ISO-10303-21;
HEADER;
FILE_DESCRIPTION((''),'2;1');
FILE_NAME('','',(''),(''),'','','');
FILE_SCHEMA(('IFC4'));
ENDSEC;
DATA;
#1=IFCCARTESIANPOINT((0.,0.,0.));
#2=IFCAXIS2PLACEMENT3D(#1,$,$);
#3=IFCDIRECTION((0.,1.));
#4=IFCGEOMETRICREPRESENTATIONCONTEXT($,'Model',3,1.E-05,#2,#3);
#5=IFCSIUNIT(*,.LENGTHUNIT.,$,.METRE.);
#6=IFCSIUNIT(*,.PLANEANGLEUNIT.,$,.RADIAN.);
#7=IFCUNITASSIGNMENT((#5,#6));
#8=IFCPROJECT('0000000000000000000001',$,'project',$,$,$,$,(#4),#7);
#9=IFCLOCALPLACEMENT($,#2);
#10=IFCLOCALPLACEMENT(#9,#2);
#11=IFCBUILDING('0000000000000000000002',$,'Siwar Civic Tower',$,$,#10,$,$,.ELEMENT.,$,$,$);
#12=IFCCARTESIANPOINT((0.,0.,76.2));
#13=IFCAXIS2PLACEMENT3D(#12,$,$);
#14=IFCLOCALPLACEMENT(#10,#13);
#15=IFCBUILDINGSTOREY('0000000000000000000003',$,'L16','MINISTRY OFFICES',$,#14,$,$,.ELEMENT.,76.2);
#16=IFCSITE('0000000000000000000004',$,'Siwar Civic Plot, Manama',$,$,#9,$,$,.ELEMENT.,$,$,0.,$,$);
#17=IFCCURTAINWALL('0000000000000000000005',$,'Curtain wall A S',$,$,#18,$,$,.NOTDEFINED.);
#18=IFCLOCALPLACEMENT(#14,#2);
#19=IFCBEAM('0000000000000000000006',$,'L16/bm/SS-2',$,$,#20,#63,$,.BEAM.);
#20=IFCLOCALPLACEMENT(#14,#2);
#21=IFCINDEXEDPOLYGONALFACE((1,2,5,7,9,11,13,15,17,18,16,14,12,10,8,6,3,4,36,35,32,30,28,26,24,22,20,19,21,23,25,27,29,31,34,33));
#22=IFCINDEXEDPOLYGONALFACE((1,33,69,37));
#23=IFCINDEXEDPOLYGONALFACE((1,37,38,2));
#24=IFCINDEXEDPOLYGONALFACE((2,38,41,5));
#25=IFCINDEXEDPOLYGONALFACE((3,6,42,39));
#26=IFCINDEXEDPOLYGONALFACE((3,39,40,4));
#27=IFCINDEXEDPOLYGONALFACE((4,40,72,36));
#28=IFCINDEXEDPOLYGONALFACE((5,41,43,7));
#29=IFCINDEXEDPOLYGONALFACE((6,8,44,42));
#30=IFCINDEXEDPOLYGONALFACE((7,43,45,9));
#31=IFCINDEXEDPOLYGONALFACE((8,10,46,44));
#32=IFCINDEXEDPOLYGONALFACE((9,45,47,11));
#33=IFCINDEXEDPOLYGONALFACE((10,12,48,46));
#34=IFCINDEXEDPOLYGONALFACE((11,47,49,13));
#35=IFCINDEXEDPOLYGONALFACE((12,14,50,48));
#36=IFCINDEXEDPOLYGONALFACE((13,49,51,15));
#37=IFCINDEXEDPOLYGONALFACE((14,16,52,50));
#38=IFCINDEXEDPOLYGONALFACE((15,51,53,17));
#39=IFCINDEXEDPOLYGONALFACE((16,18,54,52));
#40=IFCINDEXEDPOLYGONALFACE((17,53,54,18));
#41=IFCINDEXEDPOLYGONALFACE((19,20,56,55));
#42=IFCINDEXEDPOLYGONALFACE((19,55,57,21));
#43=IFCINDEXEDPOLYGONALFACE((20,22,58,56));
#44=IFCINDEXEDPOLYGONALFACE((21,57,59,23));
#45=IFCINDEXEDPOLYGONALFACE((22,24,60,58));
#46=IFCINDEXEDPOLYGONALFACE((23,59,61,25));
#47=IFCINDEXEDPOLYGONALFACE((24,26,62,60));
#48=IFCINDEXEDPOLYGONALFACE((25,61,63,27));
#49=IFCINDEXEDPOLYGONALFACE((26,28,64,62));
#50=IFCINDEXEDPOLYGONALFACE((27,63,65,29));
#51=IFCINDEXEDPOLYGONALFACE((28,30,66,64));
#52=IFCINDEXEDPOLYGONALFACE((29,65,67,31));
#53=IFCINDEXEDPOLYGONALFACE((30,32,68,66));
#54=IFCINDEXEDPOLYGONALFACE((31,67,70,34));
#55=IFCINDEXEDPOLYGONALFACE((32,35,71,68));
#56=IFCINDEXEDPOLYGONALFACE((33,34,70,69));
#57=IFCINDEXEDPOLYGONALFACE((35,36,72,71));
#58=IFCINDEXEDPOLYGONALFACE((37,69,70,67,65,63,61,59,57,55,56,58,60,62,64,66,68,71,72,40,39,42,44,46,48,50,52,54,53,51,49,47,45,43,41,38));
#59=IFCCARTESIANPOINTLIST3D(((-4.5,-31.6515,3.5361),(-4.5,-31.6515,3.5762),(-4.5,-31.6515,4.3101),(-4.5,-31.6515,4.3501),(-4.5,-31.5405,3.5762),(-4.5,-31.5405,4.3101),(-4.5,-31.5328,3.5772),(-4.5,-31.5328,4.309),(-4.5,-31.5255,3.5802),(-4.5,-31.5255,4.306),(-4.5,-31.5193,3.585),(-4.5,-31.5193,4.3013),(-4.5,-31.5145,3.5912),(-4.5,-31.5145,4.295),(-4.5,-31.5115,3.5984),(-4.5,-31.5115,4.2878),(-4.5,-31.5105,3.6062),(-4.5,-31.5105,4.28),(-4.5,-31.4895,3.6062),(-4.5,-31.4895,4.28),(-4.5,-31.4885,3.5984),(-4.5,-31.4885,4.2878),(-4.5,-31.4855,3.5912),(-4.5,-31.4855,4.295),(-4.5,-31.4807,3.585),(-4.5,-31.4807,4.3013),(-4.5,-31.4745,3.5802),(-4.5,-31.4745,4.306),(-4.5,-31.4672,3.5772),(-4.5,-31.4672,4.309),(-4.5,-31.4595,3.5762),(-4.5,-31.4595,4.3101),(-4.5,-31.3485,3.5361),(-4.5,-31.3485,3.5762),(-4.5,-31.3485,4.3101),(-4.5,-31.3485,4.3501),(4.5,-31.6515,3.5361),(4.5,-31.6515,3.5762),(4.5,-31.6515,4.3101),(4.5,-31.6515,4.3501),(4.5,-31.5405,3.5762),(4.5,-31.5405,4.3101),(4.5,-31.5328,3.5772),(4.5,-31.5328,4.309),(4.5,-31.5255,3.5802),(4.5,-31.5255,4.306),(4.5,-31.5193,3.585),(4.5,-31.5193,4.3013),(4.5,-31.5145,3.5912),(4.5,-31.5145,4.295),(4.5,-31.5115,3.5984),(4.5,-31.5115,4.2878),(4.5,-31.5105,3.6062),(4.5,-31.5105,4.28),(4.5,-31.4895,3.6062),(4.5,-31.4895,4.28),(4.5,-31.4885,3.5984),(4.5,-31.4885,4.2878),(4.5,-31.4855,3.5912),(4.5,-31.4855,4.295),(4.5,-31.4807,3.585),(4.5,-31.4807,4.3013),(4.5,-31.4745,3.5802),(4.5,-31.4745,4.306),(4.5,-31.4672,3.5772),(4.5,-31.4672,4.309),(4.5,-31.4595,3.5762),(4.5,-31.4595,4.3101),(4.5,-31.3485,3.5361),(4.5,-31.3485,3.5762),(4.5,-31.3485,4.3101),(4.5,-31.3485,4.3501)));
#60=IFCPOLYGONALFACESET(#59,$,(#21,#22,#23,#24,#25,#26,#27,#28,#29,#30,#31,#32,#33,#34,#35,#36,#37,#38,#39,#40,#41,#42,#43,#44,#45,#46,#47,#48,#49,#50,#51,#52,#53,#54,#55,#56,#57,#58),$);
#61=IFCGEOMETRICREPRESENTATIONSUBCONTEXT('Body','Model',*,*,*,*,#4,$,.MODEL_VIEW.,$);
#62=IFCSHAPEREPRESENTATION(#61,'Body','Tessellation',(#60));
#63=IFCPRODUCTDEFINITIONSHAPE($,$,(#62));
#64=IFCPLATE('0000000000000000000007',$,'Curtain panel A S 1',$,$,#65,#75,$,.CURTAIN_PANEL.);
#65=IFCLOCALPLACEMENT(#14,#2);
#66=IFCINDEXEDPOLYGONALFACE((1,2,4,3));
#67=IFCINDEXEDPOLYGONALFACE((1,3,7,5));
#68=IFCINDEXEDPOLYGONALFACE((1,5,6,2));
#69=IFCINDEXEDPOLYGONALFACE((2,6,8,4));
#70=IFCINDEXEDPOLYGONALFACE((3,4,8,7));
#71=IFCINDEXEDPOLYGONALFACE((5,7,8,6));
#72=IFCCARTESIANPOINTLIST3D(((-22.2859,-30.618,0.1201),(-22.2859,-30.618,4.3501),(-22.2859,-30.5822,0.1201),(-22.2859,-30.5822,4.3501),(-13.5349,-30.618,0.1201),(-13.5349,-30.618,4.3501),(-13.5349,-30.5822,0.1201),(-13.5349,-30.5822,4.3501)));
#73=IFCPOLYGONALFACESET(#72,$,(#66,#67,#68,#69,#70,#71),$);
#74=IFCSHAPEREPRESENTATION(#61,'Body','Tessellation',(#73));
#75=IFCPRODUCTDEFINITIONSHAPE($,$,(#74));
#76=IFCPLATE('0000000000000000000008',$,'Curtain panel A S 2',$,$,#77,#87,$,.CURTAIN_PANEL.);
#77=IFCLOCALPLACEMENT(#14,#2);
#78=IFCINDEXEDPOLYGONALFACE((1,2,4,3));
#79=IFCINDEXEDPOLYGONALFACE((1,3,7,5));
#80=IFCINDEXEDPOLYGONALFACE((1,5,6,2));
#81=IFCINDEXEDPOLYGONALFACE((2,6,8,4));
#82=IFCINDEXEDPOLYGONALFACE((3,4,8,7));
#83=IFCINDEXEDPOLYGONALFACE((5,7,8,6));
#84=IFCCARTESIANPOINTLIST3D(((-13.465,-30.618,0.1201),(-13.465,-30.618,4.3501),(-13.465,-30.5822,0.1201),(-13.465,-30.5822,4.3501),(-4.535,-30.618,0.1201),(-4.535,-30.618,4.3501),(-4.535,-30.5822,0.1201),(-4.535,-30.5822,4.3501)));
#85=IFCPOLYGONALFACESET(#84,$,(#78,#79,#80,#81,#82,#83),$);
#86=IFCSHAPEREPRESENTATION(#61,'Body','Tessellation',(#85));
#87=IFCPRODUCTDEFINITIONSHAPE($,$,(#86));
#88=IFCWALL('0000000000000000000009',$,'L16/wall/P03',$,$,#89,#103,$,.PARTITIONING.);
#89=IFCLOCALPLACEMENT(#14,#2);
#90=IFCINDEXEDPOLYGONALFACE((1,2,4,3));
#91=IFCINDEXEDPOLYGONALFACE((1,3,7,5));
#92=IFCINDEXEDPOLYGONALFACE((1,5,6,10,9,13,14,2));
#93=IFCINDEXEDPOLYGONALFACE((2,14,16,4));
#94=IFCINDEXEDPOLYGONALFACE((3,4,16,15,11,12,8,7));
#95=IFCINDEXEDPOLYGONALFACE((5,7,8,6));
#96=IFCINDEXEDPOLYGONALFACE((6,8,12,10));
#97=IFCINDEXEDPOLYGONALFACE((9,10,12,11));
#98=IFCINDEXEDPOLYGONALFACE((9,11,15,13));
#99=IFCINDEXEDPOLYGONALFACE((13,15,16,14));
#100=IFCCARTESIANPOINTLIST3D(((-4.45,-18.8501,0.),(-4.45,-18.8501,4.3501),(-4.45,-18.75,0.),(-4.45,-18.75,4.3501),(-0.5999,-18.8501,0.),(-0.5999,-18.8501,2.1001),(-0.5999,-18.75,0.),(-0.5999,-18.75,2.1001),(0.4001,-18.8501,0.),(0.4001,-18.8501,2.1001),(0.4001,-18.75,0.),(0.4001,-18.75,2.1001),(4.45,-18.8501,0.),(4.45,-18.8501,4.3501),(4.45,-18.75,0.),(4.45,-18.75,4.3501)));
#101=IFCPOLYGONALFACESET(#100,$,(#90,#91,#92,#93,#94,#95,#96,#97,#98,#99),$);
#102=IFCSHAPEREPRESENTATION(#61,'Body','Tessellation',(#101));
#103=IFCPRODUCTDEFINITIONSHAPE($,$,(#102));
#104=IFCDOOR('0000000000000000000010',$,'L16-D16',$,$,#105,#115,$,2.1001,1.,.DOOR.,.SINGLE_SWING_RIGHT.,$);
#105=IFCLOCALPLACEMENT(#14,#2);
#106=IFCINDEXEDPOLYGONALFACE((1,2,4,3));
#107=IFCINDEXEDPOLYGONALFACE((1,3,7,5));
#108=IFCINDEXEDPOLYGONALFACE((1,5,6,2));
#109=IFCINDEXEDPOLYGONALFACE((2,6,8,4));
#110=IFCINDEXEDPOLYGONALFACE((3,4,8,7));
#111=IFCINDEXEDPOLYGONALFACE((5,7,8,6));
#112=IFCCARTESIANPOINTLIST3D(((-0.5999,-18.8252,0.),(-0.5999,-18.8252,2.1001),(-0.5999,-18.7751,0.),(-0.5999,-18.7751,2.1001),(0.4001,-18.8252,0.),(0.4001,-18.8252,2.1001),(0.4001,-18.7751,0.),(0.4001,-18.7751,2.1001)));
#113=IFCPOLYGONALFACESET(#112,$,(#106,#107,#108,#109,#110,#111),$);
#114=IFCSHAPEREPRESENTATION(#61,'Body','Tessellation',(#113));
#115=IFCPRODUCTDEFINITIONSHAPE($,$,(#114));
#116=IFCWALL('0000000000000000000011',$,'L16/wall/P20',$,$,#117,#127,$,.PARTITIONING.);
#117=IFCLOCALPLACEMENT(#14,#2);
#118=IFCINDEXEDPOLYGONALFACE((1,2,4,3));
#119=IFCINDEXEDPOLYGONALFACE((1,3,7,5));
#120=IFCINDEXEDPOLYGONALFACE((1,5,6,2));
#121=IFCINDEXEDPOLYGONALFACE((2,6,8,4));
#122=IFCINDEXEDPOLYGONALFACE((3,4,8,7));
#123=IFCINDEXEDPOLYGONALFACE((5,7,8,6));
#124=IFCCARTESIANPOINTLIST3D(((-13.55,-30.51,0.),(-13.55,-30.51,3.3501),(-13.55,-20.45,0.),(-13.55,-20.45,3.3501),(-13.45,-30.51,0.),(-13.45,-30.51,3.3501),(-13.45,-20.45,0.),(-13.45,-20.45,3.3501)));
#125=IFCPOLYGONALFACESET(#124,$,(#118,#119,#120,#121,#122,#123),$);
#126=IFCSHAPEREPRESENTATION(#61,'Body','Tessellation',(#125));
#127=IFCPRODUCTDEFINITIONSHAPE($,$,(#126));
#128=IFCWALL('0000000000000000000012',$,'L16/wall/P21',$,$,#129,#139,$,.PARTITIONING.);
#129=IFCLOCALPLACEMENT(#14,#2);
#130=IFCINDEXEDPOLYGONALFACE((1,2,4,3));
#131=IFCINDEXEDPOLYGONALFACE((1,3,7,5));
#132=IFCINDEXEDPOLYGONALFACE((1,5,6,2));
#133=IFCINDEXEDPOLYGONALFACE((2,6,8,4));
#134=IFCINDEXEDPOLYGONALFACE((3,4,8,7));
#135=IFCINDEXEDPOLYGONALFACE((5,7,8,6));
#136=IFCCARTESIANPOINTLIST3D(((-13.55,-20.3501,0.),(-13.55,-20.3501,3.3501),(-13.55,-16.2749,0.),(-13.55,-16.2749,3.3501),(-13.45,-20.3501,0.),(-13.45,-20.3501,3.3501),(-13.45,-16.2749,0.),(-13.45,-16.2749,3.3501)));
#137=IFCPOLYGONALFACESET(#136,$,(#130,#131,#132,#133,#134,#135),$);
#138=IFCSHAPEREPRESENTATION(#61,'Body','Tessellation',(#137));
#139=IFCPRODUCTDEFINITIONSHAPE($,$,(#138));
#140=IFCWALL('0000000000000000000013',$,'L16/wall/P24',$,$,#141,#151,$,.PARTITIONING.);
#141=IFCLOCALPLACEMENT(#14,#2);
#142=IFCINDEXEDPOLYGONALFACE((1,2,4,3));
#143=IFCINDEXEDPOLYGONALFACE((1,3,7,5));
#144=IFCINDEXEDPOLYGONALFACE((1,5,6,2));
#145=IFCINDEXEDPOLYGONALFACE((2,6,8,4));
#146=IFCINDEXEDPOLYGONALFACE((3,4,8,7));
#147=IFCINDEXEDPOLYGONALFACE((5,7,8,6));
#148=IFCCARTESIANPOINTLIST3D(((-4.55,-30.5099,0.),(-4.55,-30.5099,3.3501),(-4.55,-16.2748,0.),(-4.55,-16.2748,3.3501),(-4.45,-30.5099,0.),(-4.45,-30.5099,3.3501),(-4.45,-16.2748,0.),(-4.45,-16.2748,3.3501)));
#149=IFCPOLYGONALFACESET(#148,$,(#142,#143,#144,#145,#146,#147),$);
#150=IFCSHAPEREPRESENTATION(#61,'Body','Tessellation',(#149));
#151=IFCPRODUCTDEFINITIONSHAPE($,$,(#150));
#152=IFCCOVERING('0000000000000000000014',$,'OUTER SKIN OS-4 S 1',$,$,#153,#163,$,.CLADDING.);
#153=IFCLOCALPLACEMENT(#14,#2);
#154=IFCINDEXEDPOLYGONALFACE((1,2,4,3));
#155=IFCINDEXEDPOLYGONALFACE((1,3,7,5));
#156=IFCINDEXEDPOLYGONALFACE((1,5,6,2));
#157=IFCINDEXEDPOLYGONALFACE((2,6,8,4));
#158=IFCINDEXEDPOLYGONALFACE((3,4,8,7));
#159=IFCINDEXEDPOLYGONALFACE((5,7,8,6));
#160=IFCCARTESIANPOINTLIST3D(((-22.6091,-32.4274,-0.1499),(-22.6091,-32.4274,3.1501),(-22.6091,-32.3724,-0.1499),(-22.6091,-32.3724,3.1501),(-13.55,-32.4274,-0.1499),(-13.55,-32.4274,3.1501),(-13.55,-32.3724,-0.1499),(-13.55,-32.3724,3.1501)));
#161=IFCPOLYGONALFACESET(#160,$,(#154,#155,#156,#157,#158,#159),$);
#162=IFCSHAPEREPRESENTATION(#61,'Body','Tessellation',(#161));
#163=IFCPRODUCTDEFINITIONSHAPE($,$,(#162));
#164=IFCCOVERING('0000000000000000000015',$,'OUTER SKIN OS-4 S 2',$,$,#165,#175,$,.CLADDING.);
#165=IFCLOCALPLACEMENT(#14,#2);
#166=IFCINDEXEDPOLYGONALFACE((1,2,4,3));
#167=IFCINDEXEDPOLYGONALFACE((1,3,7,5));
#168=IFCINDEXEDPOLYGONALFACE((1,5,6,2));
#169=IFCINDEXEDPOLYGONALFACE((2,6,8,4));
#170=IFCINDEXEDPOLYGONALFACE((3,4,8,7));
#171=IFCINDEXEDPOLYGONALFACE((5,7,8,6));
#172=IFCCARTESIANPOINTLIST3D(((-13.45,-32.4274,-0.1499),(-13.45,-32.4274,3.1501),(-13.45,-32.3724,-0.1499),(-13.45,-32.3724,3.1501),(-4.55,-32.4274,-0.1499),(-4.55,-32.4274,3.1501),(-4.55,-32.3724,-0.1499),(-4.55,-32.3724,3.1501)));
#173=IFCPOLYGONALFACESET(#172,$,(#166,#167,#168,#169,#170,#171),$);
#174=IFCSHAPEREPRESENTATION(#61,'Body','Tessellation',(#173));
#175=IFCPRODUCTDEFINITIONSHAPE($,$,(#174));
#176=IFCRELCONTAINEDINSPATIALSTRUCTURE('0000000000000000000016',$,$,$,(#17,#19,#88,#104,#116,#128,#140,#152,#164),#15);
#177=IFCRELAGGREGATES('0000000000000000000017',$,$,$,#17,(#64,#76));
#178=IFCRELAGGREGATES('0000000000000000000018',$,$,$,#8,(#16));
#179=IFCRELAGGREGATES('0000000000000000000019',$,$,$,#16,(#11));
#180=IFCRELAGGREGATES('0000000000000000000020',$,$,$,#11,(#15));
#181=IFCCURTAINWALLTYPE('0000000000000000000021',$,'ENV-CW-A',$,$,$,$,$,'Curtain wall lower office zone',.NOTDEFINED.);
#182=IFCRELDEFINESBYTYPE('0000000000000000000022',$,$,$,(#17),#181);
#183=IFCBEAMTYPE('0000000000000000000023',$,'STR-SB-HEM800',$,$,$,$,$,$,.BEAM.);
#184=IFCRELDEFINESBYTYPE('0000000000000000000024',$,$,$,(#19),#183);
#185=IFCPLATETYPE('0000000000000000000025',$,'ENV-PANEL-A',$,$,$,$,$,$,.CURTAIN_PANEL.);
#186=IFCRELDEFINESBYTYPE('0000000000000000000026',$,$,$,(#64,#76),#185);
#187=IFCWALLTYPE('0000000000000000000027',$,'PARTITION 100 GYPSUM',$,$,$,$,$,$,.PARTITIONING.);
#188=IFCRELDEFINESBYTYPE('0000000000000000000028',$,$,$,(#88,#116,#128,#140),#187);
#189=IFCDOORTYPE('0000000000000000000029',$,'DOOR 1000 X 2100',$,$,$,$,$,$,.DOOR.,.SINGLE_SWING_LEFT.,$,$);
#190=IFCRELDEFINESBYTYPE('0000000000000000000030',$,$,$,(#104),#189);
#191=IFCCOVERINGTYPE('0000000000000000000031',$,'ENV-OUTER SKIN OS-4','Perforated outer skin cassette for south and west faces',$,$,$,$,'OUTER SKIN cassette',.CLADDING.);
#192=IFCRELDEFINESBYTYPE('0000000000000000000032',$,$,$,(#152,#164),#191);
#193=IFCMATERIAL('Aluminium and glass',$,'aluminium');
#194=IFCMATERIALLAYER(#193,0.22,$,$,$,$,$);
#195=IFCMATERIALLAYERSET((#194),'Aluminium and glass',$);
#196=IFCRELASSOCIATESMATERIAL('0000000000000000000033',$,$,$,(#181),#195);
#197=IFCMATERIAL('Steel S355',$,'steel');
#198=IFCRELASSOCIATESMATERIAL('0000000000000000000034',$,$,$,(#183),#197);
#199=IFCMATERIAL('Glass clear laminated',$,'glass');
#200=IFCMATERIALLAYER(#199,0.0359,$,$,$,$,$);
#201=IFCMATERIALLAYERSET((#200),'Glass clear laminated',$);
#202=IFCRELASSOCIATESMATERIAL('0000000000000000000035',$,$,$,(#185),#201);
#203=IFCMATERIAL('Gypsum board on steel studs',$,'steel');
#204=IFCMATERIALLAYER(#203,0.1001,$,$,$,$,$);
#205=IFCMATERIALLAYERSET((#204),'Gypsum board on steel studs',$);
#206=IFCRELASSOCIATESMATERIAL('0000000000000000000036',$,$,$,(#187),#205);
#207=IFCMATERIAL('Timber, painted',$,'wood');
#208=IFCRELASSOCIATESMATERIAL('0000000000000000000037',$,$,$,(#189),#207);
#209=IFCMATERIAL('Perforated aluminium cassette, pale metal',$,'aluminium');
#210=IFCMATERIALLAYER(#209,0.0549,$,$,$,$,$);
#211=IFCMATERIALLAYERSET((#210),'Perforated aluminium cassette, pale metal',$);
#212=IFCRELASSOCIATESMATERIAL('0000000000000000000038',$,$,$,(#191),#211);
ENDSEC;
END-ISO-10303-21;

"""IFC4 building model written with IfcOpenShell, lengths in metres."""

from ifc_helpers import new_model, si_unit, direction, frame, frame_2d, origin, origin_2d, place, context, subcontext, project, spatial, rectangle, i_section, extrude, material, layer, layer_set, material_profile, profile_set, type_object, element, fill, aggregate, save


model = new_model("IFC4")

# Units and contexts
model_context = context("Model", 3, precision=1e-05, world=origin(), true_north=direction((0.0, 1.0)))
body_context = subcontext(model_context, "Body", "Model", "MODEL_VIEW")
ifc_project = project(units=[si_unit("LENGTHUNIT", "METRE"), si_unit("PLANEANGLEUNIT", "RADIAN")], contexts=[model_context])

# Site, building, storey
site_placement = place(None, origin())
site = spatial("IfcSite", under=ifc_project, at=site_placement, Name="Siwar Civic Plot, Manama", CompositionType="ELEMENT", RefElevation=0.0)
building_placement = place(site_placement, origin())
building = spatial("IfcBuilding", under=site, at=building_placement, Name="Siwar Civic Tower", CompositionType="ELEMENT")
storey_placement = place(building_placement, frame((0.0, 0.0, 76.2)))
storey = spatial("IfcBuildingStorey", under=building, at=storey_placement, Name="L16", Description="MINISTRY OFFICES", CompositionType="ELEMENT", Elevation=76.2)

# Curtain wall
ifc_material_1 = material(Name="Aluminium and glass", Category="aluminium")
ifc_layer_1 = layer(ifc_material_1, 0.22)
ifc_layer_set_1 = layer_set([ifc_layer_1], Name="Aluminium and glass")
curtain_wall_type = type_object("IfcCurtainWallType", Name="ENV-CW-A", ElementType="Curtain wall lower office zone", PredefinedType="NOTDEFINED", material=ifc_layer_set_1)
curtain_wall_placement = place(storey_placement, origin())
curtain_wall = element("IfcCurtainWall", 1, at=curtain_wall_placement, inside=storey, type_object=curtain_wall_type, Name="Curtain wall A S", PredefinedType="NOTDEFINED")

# Beam
ifc_material_2 = material(Name="Steel S355", Category="steel")
ifc_material_profile_1 = material_profile(ifc_material_2, i_section(OverallWidth=0.303, OverallDepth=0.814, WebThickness=0.021, FlangeThickness=0.04, FilletRadius=0.03, at=origin_2d()), Name="HEM800")
ifc_profile_set_1 = profile_set([ifc_material_profile_1], Name="Steel S355")
beam_type_1 = type_object("IfcBeamType", Name="STR-SB-HEM800", PredefinedType="BEAM", material=ifc_profile_set_1)
for number, where, z_axis, x_axis, name in (
    (2, (-4.5, -31.5, 3.9431), (1.0, 0.0, 0.0), (0.0, 1.0, 0.0), "L16/bm/SS-2"),
):
    element("IfcBeam", number, at=place(storey_placement, frame(where, z_axis=z_axis, x_axis=x_axis)), inside=storey, type_object=beam_type_1, Name=name, PredefinedType="BEAM", context=body_context, shape_type="SweptSolid", body=[
        extrude(i_section(OverallWidth=0.303, OverallDepth=0.814, WebThickness=0.021, FlangeThickness=0.04, FilletRadius=0.03, at=origin_2d()), origin(), (0.0, 0.0, 1.0), 9.0),
    ])

# Plates
ifc_material_3 = material(Name="Glass clear laminated", Category="glass")
ifc_layer_2 = layer(ifc_material_3, 0.0359)
ifc_layer_set_2 = layer_set([ifc_layer_2], Name="Glass clear laminated")
plate_type = type_object("IfcPlateType", Name="ENV-PANEL-A", PredefinedType="CURTAIN_PANEL", material=ifc_layer_set_2)
plate_1_placement = place(storey_placement, frame((-17.9104, -30.6001, 0.1201), z_axis=(0.0, 0.0, 1.0), x_axis=(1.0, 0.0, 0.0)))
plate_1 = element("IfcPlate", 3, at=plate_1_placement, type_object=plate_type, Name="Curtain panel A S 1", PredefinedType="CURTAIN_PANEL", context=body_context, shape_type="SweptSolid", body=[
    extrude(rectangle(XDim=8.751, YDim=0.0359, at=origin_2d()), origin(), (0.0, 0.0, 1.0), 4.23),
])
plate_2_placement = place(storey_placement, frame((-9.0, -30.6001, 0.1201), z_axis=(0.0, 0.0, 1.0), x_axis=(1.0, 0.0, 0.0)))
plate_2 = element("IfcPlate", 4, at=plate_2_placement, type_object=plate_type, Name="Curtain panel A S 2", PredefinedType="CURTAIN_PANEL", context=body_context, shape_type="SweptSolid", body=[
    extrude(rectangle(XDim=8.9299, YDim=0.0359, at=origin_2d()), origin(), (0.0, 0.0, 1.0), 4.23),
])
aggregate(curtain_wall, [plate_1, plate_2])

# Wall, opening, door
ifc_material_4 = material(Name="Gypsum board on steel studs", Category="steel")
ifc_layer_3 = layer(ifc_material_4, 0.1001)
ifc_layer_set_3 = layer_set([ifc_layer_3], Name="Gypsum board on steel studs")
wall_type = type_object("IfcWallType", Name="PARTITION 100 GYPSUM", PredefinedType="PARTITIONING", material=ifc_layer_set_3)
wall_1_placement = place(storey_placement, frame((-4.45, -18.8, 0.0), z_axis=(0.0, 0.0, 1.0), x_axis=(1.0, 0.0, 0.0)))
wall_1 = element("IfcWall", 5, at=wall_1_placement, inside=storey, type_object=wall_type, Name="L16/wall/P03", PredefinedType="PARTITIONING", context=body_context, shape_type="SweptSolid", body=[
    extrude(rectangle(XDim=8.8999, YDim=0.1001, at=frame_2d((4.45, 0.0))), origin(), (0.0, 0.0, 1.0), 4.3501),
])
opening_placement = place(wall_1_placement, frame((3.8501, 0.0, 0.0)))
opening = element("IfcOpeningElement", 6, at=opening_placement, cuts=wall_1, PredefinedType="OPENING", context=body_context, shape_type="SweptSolid", body=[
    extrude(rectangle(XDim=1.0, YDim=2.1001, at=frame_2d((0.5, 1.05))), frame((0.0, 0.0601, 0.0), z_axis=(0.0, -1.0, 0.0), x_axis=(1.0, 0.0, 0.0)), (0.0, 0.0, 1.0), 0.1201),
])
ifc_material_5 = material(Name="Timber, painted", Category="wood")
door_type = type_object("IfcDoorType", Name="DOOR 1000 X 2100", OperationType="SINGLE_SWING_LEFT", PredefinedType="DOOR", material=ifc_material_5)
door_placement = place(opening_placement, origin())
door = element("IfcDoor", 7, at=door_placement, inside=storey, type_object=door_type, Name="L16-D16", OperationType="SINGLE_SWING_RIGHT", OverallHeight=2.1001, OverallWidth=1.0, PredefinedType="DOOR", context=body_context, shape_type="SweptSolid", body=[
    extrude(rectangle(XDim=1.0, YDim=2.1001, at=frame_2d((0.5, 1.05))), frame((0.0, 0.0249, 0.0), z_axis=(0.0, -1.0, 0.0), x_axis=(1.0, 0.0, 0.0)), (0.0, 0.0, 1.0), 0.05),
])
fill(opening, door)

# Walls
wall_2_placement = place(storey_placement, frame((-13.5, -30.51, 0.0), z_axis=(0.0, 0.0, 1.0), x_axis=(0.0, 1.0, 0.0)))
element("IfcWall", 8, at=wall_2_placement, inside=storey, type_object=wall_type, Name="L16/wall/P20", PredefinedType="PARTITIONING", context=body_context, shape_type="SweptSolid", body=[
    extrude(rectangle(XDim=10.0601, YDim=0.1001, at=frame_2d((5.03, 0.0))), origin(), (0.0, 0.0, 1.0), 3.3501),
])
wall_3_placement = place(storey_placement, frame((-13.5, -20.3501, 0.0), z_axis=(0.0, 0.0, 1.0), x_axis=(0.0, 1.0, 0.0)))
element("IfcWall", 9, at=wall_3_placement, inside=storey, type_object=wall_type, Name="L16/wall/P21", PredefinedType="PARTITIONING", context=body_context, shape_type="SweptSolid", body=[
    extrude(rectangle(XDim=4.0752, YDim=0.1001, at=frame_2d((2.0376, 0.0))), origin(), (0.0, 0.0, 1.0), 3.3501),
])
wall_4_placement = place(storey_placement, frame((-4.5, -30.51, 0.0), z_axis=(0.0, 0.0, 1.0), x_axis=(0.0, 1.0, 0.0)))
element("IfcWall", 10, at=wall_4_placement, inside=storey, type_object=wall_type, Name="L16/wall/P24", PredefinedType="PARTITIONING", context=body_context, shape_type="SweptSolid", body=[
    extrude(rectangle(XDim=14.2351, YDim=0.1001, at=frame_2d((7.1177, 0.0))), origin(), (0.0, 0.0, 1.0), 3.3501),
])

# Coverings
ifc_material_6 = material(Name="Perforated aluminium cassette, pale metal", Category="aluminium")
ifc_layer_4 = layer(ifc_material_6, 0.0549)
ifc_layer_set_4 = layer_set([ifc_layer_4], Name="Perforated aluminium cassette, pale metal")
covering_type = type_object("IfcCoveringType", Name="ENV-OUTER SKIN OS-4", Description="Perforated outer skin cassette for south and west faces", ElementType="OUTER SKIN cassette", PredefinedType="CLADDING", material=ifc_layer_set_4)
covering_1_placement = place(storey_placement, frame((-18.0796, -32.3999, -0.1499), z_axis=(0.0, 0.0, 1.0), x_axis=(1.0, 0.0, 0.0)))
element("IfcCovering", 11, at=covering_1_placement, inside=storey, type_object=covering_type, Name="OUTER SKIN OS-4 S 1", PredefinedType="CLADDING", context=body_context, shape_type="SweptSolid", body=[
    extrude(rectangle(XDim=9.0591, YDim=0.0549, at=origin_2d()), origin(), (0.0, 0.0, 1.0), 3.3),
])
covering_2_placement = place(storey_placement, frame((-9.0, -32.3999, -0.1499), z_axis=(0.0, 0.0, 1.0), x_axis=(1.0, 0.0, 0.0)))
element("IfcCovering", 12, at=covering_2_placement, inside=storey, type_object=covering_type, Name="OUTER SKIN OS-4 S 2", PredefinedType="CLADDING", context=body_context, shape_type="SweptSolid", body=[
    extrude(rectangle(XDim=8.8999, YDim=0.0549, at=origin_2d()), origin(), (0.0, 0.0, 1.0), 3.3),
])

save(model, "model.ifc")
